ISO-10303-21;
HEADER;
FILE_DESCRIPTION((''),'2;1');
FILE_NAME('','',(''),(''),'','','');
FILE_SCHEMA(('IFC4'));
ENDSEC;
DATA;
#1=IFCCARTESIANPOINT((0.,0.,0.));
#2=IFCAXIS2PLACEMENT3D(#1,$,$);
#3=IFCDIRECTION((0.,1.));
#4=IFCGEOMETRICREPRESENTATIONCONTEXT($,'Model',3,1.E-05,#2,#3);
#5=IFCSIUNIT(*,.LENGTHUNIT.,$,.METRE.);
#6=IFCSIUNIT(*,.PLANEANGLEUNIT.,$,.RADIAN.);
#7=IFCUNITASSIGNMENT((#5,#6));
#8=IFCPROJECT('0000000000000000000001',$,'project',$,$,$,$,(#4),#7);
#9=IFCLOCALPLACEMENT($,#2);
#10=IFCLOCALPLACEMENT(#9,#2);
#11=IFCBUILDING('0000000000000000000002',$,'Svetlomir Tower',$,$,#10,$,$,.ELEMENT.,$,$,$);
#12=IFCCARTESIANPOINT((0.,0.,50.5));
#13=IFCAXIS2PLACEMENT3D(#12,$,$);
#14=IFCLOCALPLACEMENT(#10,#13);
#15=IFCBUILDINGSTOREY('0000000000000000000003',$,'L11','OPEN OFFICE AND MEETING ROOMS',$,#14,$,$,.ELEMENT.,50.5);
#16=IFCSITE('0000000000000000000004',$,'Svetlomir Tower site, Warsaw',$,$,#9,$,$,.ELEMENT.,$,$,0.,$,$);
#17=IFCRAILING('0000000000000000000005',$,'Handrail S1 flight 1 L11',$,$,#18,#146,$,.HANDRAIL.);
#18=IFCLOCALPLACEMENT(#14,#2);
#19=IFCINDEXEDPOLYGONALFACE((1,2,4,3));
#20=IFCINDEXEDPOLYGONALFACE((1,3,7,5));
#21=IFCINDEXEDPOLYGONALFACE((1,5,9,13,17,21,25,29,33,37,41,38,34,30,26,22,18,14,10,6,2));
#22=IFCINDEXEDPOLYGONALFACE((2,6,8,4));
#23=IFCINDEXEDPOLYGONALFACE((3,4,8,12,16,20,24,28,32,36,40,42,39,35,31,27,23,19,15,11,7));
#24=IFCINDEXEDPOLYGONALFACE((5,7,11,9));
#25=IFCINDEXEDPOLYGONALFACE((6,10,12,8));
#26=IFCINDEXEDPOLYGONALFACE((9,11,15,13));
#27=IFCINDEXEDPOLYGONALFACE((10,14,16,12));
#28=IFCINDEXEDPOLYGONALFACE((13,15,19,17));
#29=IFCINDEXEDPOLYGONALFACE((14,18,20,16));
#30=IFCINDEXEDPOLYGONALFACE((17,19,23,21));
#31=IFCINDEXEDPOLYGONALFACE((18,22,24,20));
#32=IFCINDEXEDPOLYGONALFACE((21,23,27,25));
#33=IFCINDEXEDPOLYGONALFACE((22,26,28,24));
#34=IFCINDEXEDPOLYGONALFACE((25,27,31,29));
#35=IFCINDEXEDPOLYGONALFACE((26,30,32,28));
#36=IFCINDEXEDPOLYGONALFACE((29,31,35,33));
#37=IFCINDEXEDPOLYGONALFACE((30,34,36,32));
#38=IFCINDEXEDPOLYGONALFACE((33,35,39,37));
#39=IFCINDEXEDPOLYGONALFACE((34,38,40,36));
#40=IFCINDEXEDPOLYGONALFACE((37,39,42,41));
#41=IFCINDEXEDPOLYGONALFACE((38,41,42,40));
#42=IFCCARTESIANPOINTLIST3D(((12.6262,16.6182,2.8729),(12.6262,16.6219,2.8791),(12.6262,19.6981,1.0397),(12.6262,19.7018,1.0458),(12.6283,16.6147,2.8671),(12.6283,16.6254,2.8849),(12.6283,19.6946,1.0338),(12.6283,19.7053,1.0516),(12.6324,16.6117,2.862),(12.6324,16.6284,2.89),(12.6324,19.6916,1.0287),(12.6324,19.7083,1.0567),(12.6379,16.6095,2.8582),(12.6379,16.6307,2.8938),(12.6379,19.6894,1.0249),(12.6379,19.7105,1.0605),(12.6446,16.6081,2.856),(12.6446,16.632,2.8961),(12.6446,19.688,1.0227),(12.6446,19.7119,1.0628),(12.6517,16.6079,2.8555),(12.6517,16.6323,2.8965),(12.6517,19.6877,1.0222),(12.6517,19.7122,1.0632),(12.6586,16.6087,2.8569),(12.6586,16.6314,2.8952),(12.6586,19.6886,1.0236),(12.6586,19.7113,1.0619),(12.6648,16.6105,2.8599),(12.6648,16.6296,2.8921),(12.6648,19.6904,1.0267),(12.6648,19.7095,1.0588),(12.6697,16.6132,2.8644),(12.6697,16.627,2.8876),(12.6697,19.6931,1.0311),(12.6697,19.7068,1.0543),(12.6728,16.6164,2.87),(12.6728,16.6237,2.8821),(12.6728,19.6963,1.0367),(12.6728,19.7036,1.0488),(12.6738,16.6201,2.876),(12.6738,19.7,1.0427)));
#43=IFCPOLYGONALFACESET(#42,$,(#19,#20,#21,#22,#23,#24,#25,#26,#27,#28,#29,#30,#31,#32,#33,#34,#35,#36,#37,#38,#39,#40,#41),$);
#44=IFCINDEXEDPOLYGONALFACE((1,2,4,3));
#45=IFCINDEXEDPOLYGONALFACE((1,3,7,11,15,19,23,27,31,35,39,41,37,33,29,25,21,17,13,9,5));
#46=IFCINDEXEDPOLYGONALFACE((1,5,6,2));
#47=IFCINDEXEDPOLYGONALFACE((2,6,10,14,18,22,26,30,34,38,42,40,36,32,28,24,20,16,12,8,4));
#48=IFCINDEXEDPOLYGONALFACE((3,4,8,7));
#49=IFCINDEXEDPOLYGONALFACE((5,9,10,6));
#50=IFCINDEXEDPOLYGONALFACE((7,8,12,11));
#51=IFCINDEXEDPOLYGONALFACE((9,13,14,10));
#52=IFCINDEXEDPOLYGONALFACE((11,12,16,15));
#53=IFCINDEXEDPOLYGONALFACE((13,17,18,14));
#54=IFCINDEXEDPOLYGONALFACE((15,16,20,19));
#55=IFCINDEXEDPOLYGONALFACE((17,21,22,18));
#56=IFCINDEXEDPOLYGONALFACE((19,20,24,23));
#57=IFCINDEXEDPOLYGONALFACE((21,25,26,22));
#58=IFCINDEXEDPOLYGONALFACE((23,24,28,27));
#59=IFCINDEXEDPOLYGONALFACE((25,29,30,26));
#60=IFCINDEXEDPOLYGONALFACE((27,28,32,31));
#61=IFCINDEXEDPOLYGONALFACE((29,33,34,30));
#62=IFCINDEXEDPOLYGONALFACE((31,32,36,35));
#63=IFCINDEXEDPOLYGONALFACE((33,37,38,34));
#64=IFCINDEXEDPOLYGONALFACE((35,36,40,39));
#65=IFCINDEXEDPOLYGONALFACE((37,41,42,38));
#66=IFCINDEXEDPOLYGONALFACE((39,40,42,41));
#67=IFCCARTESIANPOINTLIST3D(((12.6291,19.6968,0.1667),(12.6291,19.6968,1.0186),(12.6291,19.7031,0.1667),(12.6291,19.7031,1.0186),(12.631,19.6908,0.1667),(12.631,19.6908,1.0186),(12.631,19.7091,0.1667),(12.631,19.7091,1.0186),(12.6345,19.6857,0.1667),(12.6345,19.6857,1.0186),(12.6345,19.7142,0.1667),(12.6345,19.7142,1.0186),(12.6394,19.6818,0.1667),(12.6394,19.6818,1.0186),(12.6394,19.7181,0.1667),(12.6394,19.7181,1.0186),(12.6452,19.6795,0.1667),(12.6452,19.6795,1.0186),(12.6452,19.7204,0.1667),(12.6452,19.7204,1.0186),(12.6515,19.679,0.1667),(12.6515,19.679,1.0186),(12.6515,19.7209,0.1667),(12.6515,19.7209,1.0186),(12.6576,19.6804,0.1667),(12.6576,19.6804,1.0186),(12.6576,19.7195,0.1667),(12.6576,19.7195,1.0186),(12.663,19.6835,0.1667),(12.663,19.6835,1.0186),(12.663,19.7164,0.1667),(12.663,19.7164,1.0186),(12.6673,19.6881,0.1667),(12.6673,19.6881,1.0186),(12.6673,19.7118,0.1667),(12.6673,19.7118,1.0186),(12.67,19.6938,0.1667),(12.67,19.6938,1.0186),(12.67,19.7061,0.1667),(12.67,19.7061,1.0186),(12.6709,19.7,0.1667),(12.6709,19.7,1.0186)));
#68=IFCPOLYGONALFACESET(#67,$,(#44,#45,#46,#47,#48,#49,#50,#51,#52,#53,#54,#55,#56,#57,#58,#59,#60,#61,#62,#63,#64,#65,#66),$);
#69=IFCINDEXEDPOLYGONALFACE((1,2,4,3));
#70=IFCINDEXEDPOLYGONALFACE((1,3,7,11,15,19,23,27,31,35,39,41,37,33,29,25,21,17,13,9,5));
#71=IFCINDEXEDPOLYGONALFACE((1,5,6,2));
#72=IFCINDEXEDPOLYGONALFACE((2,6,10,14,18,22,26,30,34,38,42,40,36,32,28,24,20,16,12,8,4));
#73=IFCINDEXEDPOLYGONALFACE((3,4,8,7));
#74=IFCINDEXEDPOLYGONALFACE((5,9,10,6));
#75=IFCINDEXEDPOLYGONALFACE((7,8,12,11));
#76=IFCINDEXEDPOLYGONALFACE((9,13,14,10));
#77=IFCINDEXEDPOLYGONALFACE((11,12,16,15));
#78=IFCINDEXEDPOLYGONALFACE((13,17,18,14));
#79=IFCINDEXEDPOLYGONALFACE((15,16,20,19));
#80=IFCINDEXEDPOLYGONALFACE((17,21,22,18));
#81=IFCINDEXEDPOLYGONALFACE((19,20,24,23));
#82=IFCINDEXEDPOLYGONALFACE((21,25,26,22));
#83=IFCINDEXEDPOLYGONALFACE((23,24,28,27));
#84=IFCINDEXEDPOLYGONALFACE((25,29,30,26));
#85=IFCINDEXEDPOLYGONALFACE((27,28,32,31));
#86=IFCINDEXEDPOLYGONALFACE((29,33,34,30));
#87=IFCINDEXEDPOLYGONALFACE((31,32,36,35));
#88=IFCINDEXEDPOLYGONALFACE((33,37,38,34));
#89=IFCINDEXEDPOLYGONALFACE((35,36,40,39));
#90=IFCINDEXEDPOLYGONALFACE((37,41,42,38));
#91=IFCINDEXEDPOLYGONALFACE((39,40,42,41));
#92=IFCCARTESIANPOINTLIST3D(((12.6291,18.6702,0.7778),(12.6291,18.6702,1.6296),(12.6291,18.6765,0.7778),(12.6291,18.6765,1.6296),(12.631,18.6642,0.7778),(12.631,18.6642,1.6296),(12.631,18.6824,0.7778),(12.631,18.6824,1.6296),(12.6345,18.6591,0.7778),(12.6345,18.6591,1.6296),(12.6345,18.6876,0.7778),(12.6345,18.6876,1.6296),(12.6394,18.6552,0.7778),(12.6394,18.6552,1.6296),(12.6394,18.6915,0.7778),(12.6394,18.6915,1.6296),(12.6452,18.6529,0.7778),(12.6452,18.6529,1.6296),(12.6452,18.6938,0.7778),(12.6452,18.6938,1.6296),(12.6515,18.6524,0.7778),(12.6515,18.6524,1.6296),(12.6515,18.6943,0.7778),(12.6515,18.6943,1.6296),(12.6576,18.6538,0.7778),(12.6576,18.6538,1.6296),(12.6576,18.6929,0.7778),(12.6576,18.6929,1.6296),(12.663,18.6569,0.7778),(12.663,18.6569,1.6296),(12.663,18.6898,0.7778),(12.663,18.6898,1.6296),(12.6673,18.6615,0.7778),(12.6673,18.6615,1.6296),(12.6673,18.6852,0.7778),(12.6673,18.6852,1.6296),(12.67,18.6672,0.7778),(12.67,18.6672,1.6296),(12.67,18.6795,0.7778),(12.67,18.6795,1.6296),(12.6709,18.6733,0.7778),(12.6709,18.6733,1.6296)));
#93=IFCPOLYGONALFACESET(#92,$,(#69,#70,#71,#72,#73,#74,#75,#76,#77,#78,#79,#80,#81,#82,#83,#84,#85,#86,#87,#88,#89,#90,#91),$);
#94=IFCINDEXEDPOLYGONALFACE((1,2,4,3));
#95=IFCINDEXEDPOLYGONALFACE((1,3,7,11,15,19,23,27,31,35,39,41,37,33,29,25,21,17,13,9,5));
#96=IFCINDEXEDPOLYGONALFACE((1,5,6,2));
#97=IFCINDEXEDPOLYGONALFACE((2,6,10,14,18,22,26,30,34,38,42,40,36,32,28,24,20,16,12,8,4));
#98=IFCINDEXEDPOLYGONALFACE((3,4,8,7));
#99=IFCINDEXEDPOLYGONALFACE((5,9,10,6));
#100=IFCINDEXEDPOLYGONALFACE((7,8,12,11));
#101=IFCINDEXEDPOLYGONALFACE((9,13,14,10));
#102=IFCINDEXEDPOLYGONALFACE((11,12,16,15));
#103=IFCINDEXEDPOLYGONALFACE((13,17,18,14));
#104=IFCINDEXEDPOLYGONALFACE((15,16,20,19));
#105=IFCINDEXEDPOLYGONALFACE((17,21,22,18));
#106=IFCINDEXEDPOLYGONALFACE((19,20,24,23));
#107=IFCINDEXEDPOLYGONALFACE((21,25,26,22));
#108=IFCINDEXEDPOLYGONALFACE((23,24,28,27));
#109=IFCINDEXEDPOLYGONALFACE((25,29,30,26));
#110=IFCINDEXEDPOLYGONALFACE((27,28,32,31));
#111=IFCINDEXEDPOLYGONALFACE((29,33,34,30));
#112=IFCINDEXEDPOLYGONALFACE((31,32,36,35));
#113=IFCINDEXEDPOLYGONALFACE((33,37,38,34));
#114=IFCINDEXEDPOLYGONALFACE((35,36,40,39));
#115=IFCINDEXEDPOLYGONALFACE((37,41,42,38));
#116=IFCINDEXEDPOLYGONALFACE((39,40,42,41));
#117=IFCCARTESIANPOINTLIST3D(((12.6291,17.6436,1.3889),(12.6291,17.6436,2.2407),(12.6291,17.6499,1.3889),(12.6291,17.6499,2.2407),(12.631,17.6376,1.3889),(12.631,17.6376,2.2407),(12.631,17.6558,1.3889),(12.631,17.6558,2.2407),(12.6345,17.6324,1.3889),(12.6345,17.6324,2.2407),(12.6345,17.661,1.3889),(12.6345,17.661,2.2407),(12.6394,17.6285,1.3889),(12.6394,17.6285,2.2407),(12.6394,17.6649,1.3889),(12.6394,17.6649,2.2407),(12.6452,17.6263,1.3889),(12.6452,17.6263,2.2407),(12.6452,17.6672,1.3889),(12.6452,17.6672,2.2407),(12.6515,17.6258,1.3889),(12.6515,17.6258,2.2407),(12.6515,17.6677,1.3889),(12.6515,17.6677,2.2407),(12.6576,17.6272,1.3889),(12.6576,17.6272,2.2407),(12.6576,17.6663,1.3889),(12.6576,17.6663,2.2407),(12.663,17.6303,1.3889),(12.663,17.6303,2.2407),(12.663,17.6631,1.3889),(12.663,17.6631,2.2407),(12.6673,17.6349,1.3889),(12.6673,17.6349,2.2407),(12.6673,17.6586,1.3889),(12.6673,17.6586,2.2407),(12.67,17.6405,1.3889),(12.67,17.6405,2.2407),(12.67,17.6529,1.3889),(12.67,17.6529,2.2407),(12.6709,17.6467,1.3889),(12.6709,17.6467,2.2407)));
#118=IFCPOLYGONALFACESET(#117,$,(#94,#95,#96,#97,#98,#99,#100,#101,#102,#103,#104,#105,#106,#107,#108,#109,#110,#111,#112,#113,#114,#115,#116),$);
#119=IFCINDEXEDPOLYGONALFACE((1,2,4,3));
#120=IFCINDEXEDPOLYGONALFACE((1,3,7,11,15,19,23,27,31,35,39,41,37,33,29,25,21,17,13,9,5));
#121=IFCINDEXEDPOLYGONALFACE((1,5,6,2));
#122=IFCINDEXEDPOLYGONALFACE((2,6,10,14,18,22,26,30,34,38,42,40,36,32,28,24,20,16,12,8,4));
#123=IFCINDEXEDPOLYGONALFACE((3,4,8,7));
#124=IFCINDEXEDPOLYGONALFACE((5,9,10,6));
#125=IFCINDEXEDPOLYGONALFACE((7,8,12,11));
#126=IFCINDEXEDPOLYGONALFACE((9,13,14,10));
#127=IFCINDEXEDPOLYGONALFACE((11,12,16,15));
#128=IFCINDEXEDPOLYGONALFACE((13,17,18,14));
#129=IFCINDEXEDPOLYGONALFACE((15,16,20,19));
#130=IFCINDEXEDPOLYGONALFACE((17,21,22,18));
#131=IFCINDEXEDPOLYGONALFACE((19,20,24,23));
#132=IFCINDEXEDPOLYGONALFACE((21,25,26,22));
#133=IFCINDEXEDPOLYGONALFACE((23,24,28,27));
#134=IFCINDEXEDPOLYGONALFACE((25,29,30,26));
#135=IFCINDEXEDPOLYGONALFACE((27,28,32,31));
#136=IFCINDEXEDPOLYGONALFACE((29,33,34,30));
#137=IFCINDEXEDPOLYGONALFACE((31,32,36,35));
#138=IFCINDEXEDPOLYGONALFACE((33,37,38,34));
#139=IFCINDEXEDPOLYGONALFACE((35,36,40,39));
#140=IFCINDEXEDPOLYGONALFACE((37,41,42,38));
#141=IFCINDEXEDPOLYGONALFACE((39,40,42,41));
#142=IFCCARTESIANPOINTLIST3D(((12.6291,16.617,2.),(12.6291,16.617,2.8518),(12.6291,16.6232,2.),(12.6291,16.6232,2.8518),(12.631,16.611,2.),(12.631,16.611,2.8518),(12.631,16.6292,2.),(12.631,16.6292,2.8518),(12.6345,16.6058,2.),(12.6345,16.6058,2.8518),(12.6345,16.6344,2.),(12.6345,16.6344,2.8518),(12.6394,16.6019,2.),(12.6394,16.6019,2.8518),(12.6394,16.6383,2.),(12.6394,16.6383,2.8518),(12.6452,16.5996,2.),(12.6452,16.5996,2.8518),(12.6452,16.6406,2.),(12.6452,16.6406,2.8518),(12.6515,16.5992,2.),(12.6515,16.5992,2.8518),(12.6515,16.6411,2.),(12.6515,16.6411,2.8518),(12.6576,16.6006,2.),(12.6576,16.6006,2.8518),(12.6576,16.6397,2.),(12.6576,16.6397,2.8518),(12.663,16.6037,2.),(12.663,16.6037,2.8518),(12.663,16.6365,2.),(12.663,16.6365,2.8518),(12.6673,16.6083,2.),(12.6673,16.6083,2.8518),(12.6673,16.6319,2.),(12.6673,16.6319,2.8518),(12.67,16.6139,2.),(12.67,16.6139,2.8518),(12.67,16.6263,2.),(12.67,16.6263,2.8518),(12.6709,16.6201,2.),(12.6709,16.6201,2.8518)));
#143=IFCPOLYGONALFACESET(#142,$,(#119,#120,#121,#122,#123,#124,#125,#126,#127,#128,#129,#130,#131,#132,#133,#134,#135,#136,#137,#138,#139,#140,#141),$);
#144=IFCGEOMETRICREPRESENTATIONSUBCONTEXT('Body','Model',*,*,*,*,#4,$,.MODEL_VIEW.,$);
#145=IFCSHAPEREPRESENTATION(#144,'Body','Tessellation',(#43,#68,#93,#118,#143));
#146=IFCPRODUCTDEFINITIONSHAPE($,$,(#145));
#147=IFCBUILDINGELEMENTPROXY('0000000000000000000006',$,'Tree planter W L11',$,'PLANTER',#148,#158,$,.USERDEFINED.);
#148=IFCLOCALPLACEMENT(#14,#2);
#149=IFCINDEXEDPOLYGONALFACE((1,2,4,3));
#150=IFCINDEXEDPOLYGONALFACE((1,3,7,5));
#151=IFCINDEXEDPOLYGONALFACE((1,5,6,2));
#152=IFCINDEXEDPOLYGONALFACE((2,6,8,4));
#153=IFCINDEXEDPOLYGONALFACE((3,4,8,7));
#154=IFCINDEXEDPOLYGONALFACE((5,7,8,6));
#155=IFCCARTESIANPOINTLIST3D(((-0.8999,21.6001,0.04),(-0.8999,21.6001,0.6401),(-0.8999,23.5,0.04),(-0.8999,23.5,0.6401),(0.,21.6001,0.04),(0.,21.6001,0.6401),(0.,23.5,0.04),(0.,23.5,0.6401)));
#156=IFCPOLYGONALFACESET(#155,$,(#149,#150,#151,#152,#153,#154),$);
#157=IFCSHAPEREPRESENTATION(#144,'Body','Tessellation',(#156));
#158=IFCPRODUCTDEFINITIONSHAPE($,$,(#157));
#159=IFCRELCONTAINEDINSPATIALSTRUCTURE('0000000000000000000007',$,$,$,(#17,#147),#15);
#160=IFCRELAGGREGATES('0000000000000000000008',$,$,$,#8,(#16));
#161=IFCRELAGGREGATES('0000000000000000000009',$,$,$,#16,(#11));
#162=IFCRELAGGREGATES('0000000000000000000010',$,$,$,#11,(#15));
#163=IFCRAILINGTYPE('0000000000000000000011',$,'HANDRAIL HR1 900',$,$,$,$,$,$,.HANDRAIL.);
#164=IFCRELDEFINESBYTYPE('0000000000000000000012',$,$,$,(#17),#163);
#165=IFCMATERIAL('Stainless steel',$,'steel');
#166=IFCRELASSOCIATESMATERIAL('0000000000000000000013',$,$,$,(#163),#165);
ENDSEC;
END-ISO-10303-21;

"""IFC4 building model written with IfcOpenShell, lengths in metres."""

from ifc_helpers import new_model, si_unit, direction, frame, origin, origin_2d, place, context, subcontext, project, spatial, rectangle, circle, extrude, material, type_object, element, save


model = new_model("IFC4")

# Units and contexts
model_context = context("Model", 3, precision=1e-05, world=origin(), true_north=direction((0.0, 1.0)))
body_context = subcontext(model_context, "Body", "Model", "MODEL_VIEW")
ifc_project = project(units=[si_unit("LENGTHUNIT", "METRE"), si_unit("PLANEANGLEUNIT", "RADIAN")], contexts=[model_context])

# Site, building, storey
site_placement = place(None, origin())
site = spatial("IfcSite", under=ifc_project, at=site_placement, Name="Svetlomir Tower site, Warsaw", CompositionType="ELEMENT", RefElevation=0.0)
building_placement = place(site_placement, origin())
building = spatial("IfcBuilding", under=site, at=building_placement, Name="Svetlomir Tower", CompositionType="ELEMENT")
storey_placement = place(building_placement, frame((0.0, 0.0, 50.5)))
storey = spatial("IfcBuildingStorey", under=building, at=storey_placement, Name="L11", Description="OPEN OFFICE AND MEETING ROOMS", CompositionType="ELEMENT", Elevation=50.5)

# Railing
ifc_material_1 = material(Name="Stainless steel", Category="steel")
railing_type = type_object("IfcRailingType", Name="HANDRAIL HR1 900", PredefinedType="HANDRAIL", material=ifc_material_1)
railing_placement = place(storey_placement, frame((12.6499, 19.7, 0.1667)))
element("IfcRailing", 1, at=railing_placement, inside=storey, type_object=railing_type, Name="Handrail S1 flight 1 L11", PredefinedType="HANDRAIL", context=body_context, shape_type="SweptSolid", body=[
    extrude(circle(Radius=0.0239, at=origin_2d()), frame((0.0, 0.0, 0.876), z_axis=(0.0, -0.859291, 0.511487), x_axis=(1.0, 0.0, 0.0)), (0.0, 0.0, 1.0), 3.5842),
    extrude(circle(Radius=0.021, at=origin_2d()), origin(), (0.0, 0.0, 1.0), 0.8518),
    extrude(circle(Radius=0.021, at=origin_2d()), frame((0.0, -1.0266, 0.6111)), (0.0, 0.0, 1.0), 0.8518),
    extrude(circle(Radius=0.021, at=origin_2d()), frame((0.0, -2.0532, 1.2222)), (0.0, 0.0, 1.0), 0.8518),
    extrude(circle(Radius=0.021, at=origin_2d()), frame((0.0, -3.0798, 1.8333)), (0.0, 0.0, 1.0), 0.8518),
])

# Building element proxy
proxy_placement = place(storey_placement, frame((-0.45, 22.55, 0.04), z_axis=(0.0, 0.0, 1.0), x_axis=(1.0, 0.0, 0.0)))
element("IfcBuildingElementProxy", 2, at=proxy_placement, inside=storey, Name="Tree planter W L11", ObjectType="PLANTER", PredefinedType="USERDEFINED", context=body_context, shape_type="SweptSolid", body=[
    extrude(rectangle(XDim=0.8999, YDim=1.8999, at=origin_2d()), origin(), (0.0, 0.0, 1.0), 0.6001),
])

save(model, "model.ifc")
